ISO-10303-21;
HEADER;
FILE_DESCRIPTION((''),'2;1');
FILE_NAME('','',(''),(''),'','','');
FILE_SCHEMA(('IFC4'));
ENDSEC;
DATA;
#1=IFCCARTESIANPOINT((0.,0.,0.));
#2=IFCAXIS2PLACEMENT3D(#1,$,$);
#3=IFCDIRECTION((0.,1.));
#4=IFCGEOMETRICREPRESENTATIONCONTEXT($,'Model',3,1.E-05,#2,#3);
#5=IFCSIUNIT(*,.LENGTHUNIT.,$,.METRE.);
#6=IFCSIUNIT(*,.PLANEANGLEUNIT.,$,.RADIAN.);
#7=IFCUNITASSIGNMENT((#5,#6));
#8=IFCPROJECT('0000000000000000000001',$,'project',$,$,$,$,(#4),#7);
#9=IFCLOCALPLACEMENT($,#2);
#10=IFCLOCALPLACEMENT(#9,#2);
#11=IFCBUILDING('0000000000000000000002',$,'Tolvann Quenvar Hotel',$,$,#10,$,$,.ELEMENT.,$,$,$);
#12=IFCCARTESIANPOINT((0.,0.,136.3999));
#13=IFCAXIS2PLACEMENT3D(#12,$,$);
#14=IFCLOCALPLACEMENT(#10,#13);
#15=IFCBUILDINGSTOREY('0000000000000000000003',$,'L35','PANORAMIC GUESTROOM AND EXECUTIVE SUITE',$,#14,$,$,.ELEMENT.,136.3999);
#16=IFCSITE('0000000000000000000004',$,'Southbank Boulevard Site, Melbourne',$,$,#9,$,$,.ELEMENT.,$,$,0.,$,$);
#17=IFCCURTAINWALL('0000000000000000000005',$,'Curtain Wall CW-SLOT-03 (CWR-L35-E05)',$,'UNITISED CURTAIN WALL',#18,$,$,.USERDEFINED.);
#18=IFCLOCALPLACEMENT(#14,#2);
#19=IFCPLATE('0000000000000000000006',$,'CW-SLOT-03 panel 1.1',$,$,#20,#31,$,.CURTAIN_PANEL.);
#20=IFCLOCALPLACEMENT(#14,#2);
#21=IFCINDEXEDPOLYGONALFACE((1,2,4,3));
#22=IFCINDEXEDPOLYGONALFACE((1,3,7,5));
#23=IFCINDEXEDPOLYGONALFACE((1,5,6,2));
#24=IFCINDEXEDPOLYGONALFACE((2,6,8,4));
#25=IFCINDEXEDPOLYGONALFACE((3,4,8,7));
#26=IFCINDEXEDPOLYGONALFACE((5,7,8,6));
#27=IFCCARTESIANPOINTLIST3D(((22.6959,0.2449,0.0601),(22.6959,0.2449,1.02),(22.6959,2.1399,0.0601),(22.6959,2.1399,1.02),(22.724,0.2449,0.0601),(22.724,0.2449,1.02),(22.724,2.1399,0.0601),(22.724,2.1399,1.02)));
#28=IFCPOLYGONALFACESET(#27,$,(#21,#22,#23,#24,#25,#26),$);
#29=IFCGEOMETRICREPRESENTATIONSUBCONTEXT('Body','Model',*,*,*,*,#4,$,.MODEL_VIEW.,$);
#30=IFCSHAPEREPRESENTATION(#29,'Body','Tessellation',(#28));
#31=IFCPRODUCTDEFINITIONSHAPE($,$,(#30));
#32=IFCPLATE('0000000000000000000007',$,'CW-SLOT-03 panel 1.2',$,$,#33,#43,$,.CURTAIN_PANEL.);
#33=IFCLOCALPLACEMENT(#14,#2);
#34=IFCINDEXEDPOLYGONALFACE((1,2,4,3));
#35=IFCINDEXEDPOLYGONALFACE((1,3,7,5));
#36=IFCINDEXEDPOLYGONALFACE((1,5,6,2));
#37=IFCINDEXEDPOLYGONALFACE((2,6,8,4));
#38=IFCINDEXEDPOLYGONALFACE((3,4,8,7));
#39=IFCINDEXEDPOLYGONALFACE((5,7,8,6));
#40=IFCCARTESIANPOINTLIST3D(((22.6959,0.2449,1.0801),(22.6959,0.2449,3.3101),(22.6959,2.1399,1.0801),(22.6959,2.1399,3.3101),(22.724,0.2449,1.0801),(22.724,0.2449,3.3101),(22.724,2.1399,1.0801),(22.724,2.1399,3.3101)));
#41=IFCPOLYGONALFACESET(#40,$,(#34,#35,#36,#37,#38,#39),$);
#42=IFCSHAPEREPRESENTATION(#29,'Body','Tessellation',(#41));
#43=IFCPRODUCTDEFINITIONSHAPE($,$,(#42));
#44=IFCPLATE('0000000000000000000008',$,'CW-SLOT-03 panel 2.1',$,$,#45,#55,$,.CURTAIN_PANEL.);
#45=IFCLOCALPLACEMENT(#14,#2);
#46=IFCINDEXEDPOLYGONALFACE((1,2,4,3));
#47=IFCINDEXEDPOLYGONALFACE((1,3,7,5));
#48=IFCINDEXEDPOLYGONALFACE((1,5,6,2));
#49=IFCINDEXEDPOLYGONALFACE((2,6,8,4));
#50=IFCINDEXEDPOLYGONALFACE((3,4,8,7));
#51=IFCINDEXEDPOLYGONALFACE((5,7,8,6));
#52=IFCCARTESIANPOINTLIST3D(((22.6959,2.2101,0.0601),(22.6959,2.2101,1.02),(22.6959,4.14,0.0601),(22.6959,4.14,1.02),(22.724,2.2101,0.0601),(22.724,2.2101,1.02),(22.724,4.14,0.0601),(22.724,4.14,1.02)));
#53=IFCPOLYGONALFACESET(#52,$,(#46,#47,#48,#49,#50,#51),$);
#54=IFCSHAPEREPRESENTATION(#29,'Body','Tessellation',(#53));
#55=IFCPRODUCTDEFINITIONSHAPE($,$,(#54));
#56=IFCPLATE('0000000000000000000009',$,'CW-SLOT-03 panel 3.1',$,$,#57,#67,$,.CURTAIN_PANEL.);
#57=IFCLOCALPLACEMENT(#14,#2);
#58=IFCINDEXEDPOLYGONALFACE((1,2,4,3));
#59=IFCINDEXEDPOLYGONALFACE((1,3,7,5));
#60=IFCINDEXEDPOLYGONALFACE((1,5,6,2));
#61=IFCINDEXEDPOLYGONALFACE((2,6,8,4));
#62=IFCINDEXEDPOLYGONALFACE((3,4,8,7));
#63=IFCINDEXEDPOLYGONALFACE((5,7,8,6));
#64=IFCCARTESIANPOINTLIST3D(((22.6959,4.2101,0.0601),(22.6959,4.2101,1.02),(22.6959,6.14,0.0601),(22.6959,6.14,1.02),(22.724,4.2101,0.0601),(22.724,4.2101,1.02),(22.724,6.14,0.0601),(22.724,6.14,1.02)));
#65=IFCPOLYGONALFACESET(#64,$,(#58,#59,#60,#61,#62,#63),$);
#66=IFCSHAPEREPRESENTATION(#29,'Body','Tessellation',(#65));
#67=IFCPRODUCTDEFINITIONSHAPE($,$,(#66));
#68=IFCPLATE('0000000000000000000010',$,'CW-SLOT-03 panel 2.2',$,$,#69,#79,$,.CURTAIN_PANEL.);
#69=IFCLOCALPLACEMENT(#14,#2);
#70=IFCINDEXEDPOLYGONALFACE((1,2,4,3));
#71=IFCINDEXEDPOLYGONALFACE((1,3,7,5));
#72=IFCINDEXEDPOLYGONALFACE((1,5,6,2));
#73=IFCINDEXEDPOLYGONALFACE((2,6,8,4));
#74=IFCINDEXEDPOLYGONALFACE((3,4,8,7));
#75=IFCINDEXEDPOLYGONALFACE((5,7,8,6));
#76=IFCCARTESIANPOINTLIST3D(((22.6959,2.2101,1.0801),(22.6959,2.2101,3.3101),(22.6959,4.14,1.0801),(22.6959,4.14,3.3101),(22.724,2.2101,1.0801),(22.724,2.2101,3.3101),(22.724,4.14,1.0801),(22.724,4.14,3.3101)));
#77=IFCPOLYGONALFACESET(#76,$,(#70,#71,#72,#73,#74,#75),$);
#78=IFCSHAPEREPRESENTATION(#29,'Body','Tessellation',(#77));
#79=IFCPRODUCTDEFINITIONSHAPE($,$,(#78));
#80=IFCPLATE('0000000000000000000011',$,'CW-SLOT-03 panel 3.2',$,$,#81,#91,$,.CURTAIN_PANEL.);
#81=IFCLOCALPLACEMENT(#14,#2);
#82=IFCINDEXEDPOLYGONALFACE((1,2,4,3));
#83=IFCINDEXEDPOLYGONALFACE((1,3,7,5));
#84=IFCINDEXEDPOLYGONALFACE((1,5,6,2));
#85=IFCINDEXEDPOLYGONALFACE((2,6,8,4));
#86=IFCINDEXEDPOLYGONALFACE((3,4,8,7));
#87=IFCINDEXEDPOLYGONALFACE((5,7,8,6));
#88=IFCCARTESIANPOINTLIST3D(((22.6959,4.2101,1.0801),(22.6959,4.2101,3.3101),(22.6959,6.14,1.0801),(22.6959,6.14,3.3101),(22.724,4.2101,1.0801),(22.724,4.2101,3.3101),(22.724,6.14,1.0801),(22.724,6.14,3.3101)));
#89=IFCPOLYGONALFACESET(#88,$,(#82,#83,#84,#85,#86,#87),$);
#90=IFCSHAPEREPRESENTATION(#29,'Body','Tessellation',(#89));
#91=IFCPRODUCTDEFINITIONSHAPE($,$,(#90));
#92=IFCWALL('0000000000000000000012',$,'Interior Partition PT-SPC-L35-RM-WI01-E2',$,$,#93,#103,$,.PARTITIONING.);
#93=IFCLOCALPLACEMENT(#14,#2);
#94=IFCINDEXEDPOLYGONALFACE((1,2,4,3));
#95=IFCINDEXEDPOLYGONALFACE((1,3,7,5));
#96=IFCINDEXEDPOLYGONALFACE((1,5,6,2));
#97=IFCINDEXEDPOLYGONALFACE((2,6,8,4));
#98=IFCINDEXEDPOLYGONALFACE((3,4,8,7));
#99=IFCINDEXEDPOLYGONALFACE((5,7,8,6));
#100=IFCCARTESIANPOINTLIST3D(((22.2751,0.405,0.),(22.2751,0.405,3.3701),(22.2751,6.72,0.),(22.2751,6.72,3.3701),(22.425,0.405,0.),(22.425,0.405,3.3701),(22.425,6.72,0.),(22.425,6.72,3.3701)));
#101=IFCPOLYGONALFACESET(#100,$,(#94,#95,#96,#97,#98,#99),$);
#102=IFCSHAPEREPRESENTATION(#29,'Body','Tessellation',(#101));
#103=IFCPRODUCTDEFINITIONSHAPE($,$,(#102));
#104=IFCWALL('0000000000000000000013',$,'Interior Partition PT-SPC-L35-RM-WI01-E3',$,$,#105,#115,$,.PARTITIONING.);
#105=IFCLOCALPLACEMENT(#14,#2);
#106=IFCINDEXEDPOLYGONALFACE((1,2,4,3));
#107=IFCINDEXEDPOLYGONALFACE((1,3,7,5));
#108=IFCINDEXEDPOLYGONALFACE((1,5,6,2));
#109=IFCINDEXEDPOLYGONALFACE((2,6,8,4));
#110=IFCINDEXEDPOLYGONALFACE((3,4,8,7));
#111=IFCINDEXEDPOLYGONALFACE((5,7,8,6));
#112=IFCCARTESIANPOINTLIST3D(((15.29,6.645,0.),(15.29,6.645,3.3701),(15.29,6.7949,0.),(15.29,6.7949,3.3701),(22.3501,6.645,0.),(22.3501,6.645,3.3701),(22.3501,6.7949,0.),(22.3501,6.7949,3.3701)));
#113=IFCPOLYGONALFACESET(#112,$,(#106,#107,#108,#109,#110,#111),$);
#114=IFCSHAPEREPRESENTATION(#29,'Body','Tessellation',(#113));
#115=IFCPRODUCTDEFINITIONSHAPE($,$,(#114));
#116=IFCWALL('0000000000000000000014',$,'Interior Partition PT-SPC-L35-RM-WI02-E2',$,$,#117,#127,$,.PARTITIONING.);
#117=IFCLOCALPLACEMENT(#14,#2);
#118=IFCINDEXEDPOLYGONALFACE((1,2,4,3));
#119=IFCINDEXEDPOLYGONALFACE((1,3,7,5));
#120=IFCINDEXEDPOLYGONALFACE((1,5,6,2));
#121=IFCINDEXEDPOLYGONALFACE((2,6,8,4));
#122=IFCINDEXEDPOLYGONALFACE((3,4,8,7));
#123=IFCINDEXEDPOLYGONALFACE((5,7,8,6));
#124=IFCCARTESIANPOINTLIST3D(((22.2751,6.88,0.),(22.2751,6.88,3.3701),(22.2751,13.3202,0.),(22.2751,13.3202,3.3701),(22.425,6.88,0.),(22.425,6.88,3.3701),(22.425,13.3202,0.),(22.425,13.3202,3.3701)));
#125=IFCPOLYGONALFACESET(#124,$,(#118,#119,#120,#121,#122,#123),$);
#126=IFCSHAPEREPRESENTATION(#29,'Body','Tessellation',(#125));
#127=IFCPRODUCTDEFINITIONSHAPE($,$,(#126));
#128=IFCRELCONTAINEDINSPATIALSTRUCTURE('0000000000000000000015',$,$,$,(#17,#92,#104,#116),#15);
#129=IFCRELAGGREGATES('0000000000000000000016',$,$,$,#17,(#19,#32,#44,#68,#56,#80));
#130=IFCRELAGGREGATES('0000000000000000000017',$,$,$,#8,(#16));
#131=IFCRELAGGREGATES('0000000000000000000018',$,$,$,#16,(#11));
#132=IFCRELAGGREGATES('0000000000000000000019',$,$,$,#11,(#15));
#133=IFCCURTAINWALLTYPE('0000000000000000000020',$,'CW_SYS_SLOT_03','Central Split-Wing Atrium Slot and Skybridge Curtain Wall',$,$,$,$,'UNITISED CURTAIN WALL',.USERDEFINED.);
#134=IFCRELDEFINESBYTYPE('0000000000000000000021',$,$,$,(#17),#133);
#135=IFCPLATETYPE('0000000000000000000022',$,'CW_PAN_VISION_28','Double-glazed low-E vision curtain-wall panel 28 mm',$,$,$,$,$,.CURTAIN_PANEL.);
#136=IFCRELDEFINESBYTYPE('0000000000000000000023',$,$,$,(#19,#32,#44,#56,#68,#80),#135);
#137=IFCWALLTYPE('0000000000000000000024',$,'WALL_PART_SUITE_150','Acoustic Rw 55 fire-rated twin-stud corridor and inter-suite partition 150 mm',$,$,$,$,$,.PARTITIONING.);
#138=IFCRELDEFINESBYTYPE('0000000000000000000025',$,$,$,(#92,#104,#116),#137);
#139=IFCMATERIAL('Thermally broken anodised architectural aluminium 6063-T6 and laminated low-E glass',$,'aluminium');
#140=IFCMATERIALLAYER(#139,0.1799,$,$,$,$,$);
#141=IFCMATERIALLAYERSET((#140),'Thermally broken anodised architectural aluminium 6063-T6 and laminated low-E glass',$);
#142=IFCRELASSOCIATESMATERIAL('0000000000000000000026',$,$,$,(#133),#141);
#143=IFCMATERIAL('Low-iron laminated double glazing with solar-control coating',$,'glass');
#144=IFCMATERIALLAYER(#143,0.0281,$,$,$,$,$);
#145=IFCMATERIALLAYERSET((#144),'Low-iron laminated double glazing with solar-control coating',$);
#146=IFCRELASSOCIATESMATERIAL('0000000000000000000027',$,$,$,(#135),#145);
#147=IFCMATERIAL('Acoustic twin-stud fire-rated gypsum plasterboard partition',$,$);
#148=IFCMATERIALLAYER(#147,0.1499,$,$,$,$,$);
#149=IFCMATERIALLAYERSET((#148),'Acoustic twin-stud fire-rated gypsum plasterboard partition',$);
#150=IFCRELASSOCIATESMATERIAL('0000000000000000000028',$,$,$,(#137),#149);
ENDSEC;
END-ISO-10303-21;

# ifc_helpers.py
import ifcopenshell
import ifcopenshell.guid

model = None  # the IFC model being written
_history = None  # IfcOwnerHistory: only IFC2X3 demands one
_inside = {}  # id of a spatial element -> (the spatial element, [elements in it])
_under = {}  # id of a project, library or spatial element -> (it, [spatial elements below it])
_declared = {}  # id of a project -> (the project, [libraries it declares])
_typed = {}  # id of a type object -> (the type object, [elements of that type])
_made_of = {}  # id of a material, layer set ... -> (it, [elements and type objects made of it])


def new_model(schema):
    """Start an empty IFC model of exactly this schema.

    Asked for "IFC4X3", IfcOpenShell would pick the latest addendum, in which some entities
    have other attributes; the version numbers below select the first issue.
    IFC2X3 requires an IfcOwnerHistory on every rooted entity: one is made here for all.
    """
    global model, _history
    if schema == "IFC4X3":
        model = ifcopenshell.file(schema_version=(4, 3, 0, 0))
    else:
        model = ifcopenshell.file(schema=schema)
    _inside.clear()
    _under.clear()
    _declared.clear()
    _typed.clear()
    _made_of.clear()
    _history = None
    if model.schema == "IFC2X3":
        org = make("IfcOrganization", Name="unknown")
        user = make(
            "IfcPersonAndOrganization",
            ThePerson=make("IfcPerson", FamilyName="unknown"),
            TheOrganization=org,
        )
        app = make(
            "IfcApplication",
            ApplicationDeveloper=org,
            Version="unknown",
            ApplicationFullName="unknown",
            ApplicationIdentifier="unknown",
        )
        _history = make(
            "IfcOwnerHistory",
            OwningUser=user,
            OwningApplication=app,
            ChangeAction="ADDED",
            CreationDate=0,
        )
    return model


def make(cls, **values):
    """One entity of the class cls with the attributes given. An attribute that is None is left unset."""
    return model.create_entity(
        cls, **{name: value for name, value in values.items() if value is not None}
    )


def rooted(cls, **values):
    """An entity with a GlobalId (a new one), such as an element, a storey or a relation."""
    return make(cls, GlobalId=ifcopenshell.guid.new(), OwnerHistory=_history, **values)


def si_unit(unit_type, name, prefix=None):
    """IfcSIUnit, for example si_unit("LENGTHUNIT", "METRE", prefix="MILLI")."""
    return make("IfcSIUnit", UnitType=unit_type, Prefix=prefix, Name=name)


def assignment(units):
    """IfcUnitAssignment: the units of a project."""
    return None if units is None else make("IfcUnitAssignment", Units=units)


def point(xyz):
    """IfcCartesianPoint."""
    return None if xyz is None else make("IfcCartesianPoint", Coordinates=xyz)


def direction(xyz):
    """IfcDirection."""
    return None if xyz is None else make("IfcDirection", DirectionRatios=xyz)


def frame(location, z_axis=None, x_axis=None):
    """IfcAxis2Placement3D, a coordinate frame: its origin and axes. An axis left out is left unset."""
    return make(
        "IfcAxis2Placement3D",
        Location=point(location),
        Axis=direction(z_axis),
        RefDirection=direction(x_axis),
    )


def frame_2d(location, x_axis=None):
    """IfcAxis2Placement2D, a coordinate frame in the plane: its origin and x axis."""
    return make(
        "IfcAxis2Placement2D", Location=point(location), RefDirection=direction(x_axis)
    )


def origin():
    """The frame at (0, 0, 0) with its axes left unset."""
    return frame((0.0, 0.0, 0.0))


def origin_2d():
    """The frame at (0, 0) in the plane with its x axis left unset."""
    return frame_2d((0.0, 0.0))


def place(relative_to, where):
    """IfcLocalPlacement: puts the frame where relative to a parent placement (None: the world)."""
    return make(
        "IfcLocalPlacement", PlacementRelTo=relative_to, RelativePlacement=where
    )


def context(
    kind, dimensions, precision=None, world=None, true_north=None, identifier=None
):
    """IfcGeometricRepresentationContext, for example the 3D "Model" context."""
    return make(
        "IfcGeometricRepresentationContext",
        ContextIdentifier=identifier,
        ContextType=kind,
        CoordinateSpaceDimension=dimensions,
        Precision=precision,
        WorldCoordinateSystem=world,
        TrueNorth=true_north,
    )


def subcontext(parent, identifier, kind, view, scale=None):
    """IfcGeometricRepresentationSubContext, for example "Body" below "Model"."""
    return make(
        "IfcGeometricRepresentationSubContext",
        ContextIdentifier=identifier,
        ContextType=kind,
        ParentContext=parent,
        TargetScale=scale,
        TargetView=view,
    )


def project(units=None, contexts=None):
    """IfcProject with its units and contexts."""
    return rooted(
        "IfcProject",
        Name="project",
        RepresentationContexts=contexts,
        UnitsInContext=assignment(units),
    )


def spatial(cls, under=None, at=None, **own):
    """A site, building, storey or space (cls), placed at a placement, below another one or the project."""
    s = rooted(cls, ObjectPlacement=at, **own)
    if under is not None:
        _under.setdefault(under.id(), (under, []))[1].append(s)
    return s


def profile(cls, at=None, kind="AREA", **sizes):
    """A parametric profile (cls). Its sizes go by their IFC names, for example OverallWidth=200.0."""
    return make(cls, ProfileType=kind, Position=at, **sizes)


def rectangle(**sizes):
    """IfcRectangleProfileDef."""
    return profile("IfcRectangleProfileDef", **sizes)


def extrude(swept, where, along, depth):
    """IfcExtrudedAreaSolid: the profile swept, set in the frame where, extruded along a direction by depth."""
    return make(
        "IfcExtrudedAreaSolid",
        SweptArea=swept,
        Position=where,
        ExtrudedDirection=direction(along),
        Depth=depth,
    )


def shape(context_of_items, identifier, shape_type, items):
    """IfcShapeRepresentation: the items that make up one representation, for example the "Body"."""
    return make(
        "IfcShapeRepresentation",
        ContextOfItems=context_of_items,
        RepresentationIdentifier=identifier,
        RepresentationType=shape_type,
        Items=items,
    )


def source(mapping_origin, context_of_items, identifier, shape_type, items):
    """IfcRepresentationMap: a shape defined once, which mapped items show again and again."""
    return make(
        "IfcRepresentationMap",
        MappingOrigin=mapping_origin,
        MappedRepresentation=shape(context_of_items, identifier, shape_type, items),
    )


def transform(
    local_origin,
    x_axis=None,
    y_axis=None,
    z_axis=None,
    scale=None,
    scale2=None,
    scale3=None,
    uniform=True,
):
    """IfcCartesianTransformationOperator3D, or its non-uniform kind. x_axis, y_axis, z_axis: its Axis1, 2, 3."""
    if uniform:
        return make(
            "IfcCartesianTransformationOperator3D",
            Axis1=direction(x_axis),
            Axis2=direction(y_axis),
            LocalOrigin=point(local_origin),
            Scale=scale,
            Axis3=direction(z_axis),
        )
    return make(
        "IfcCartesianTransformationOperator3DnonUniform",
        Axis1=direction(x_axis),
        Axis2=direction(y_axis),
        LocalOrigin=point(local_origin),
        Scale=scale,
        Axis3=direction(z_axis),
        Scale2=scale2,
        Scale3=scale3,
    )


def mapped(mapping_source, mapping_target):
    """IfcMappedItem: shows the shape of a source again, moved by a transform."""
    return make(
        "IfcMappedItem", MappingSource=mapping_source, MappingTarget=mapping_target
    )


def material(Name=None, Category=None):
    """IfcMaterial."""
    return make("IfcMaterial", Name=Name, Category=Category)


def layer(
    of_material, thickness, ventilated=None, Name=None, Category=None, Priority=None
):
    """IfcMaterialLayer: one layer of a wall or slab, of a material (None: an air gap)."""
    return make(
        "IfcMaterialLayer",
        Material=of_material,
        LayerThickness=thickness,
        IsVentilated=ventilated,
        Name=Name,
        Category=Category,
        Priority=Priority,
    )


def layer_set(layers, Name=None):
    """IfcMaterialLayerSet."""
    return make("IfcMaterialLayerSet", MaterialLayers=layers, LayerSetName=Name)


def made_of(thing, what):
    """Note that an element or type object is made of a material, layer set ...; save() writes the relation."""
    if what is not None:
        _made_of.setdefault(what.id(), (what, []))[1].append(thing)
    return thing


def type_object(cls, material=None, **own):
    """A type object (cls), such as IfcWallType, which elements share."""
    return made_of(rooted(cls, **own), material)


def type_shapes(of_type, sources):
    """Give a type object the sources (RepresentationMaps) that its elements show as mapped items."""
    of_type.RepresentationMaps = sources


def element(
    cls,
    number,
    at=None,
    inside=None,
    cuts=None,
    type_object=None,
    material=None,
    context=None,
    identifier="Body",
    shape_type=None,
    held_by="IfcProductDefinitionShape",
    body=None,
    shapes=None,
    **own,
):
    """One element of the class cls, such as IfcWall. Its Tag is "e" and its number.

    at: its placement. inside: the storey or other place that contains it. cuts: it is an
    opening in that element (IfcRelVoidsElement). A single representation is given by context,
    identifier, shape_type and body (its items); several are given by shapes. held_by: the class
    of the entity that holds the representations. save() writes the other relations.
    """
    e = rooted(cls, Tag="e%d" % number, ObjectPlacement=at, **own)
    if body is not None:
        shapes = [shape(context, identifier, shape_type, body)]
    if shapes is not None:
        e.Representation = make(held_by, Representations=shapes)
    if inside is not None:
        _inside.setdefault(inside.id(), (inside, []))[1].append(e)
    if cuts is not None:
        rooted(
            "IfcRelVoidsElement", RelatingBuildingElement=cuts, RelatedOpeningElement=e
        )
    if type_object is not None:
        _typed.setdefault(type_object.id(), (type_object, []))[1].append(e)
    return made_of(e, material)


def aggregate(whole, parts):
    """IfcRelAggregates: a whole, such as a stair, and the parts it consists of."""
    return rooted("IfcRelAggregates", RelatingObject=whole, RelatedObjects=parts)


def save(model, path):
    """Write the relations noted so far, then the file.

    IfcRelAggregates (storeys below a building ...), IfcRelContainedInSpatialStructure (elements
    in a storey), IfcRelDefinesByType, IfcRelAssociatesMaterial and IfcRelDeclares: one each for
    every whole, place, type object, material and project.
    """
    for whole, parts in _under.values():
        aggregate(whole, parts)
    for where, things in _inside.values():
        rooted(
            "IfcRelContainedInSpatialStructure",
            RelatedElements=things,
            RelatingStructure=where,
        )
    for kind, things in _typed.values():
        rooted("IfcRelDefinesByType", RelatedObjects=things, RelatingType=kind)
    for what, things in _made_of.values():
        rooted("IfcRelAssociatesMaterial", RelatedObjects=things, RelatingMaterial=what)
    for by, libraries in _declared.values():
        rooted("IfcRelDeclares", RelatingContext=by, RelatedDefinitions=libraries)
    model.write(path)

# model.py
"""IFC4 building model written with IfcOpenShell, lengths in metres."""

from ifc_helpers import new_model, si_unit, direction, frame, frame_2d, origin, origin_2d, place, context, subcontext, project, spatial, rectangle, extrude, source, transform, mapped, material, layer, layer_set, type_object, type_shapes, element, aggregate, save


model = new_model("IFC4")

# Units and contexts
model_context = context("Model", 3, precision=1e-05, world=origin(), true_north=direction((0.0, 1.0)))
body_context = subcontext(model_context, "Body", "Model", "MODEL_VIEW")
ifc_project = project(units=[si_unit("LENGTHUNIT", "METRE"), si_unit("PLANEANGLEUNIT", "RADIAN")], contexts=[model_context])

# Site, building, storey
site_placement = place(None, origin())
site = spatial("IfcSite", under=ifc_project, at=site_placement, Name="Southbank Boulevard Site, Melbourne", CompositionType="ELEMENT", RefElevation=0.0)
building_placement = place(site_placement, origin())
building = spatial("IfcBuilding", under=site, at=building_placement, Name="Tolvann Quenvar Hotel", CompositionType="ELEMENT")
storey_placement = place(building_placement, frame((0.0, 0.0, 136.3999)))
storey = spatial("IfcBuildingStorey", under=building, at=storey_placement, Name="L35", Description="PANORAMIC GUESTROOM AND EXECUTIVE SUITE", CompositionType="ELEMENT", Elevation=136.3999)

# Curtain wall, plates
ifc_material_1 = material(Name="Thermally broken anodised architectural aluminium 6063-T6 and laminated low-E glass", Category="aluminium")
ifc_layer_1 = layer(ifc_material_1, 0.1799)
ifc_layer_set_1 = layer_set([ifc_layer_1], Name="Thermally broken anodised architectural aluminium 6063-T6 and laminated low-E glass")
curtain_wall_type = type_object("IfcCurtainWallType", Name="CW_SYS_SLOT_03", Description="Central Split-Wing Atrium Slot and Skybridge Curtain Wall", ElementType="UNITISED CURTAIN WALL", PredefinedType="USERDEFINED", material=ifc_layer_set_1)
curtain_wall_placement = place(storey_placement, origin())
curtain_wall = element("IfcCurtainWall", 1, at=curtain_wall_placement, inside=storey, type_object=curtain_wall_type, Name="Curtain Wall CW-SLOT-03 (CWR-L35-E05)", ObjectType="UNITISED CURTAIN WALL", PredefinedType="USERDEFINED")
ifc_material_2 = material(Name="Low-iron laminated double glazing with solar-control coating", Category="glass")
ifc_layer_2 = layer(ifc_material_2, 0.0281)
ifc_layer_set_2 = layer_set([ifc_layer_2], Name="Low-iron laminated double glazing with solar-control coating")
plate_type = type_object("IfcPlateType", Name="CW_PAN_VISION_28", Description="Double-glazed low-E vision curtain-wall panel 28 mm", PredefinedType="CURTAIN_PANEL", material=ifc_layer_set_2)
shared_shape_1 = source(origin(), body_context, "Body", "SweptSolid", [
    extrude(rectangle(XDim=1.895, YDim=0.0281, at=origin_2d()), origin(), (0.0, 0.0, 1.0), 0.96),
])
plate_1_placement = place(storey_placement, frame((22.71, 1.1924, 0.0601), z_axis=(0.0, 0.0, 1.0), x_axis=(0.0, 1.0, 0.0)))
plate_1 = element("IfcPlate", 2, at=plate_1_placement, type_object=plate_type, Name="CW-SLOT-03 panel 1.1", PredefinedType="CURTAIN_PANEL", context=body_context, shape_type="MappedRepresentation", body=[
    mapped(shared_shape_1, transform((0.0, 0.0, 0.0), x_axis=(1.0, 0.0, 0.0), y_axis=(0.0, 1.0, 0.0), z_axis=(0.0, 0.0, 1.0), scale=1.0)),
])
shared_shape_2 = source(origin(), body_context, "Body", "SweptSolid", [
    extrude(rectangle(XDim=1.895, YDim=0.0281, at=origin_2d()), origin(), (0.0, 0.0, 1.0), 2.23),
])
plate_2_placement = place(storey_placement, frame((22.71, 1.1924, 1.0801), z_axis=(0.0, 0.0, 1.0), x_axis=(0.0, 1.0, 0.0)))
plate_2 = element("IfcPlate", 3, at=plate_2_placement, type_object=plate_type, Name="CW-SLOT-03 panel 1.2", PredefinedType="CURTAIN_PANEL", context=body_context, shape_type="MappedRepresentation", body=[
    mapped(shared_shape_2, transform((0.0, 0.0, 0.0), x_axis=(1.0, 0.0, 0.0), y_axis=(0.0, 1.0, 0.0), z_axis=(0.0, 0.0, 1.0), scale=1.0)),
])
shared_shape_3 = source(origin(), body_context, "Body", "SweptSolid", [
    extrude(rectangle(XDim=1.9299, YDim=0.0281, at=origin_2d()), origin(), (0.0, 0.0, 1.0), 0.96),
])
plate_3_placement = place(storey_placement, frame((22.71, 3.175, 0.0601), z_axis=(0.0, 0.0, 1.0), x_axis=(0.0, 1.0, 0.0)))
plate_3 = element("IfcPlate", 4, at=plate_3_placement, type_object=plate_type, Name="CW-SLOT-03 panel 2.1", PredefinedType="CURTAIN_PANEL", context=body_context, shape_type="MappedRepresentation", body=[
    mapped(shared_shape_3, transform((0.0, 0.0, 0.0), x_axis=(1.0, 0.0, 0.0), y_axis=(0.0, 1.0, 0.0), z_axis=(0.0, 0.0, 1.0), scale=1.0)),
])
plate_4_placement = place(storey_placement, frame((22.71, 5.175, 0.0601), z_axis=(0.0, 0.0, 1.0), x_axis=(0.0, 1.0, 0.0)))
plate_4 = element("IfcPlate", 5, at=plate_4_placement, type_object=plate_type, Name="CW-SLOT-03 panel 3.1", PredefinedType="CURTAIN_PANEL", context=body_context, shape_type="MappedRepresentation", body=[
    mapped(shared_shape_3, transform((0.0, 0.0, 0.0), x_axis=(1.0, 0.0, 0.0), y_axis=(0.0, 1.0, 0.0), z_axis=(0.0, 0.0, 1.0), scale=1.0)),
])
shared_shape_4 = source(origin(), body_context, "Body", "SweptSolid", [
    extrude(rectangle(XDim=1.9299, YDim=0.0281, at=origin_2d()), origin(), (0.0, 0.0, 1.0), 2.23),
])
type_shapes(plate_type, [shared_shape_1, shared_shape_2, shared_shape_3, shared_shape_4])
plate_5_placement = place(storey_placement, frame((22.71, 3.175, 1.0801), z_axis=(0.0, 0.0, 1.0), x_axis=(0.0, 1.0, 0.0)))
plate_5 = element("IfcPlate", 6, at=plate_5_placement, type_object=plate_type, Name="CW-SLOT-03 panel 2.2", PredefinedType="CURTAIN_PANEL", context=body_context, shape_type="MappedRepresentation", body=[
    mapped(shared_shape_4, transform((0.0, 0.0, 0.0), x_axis=(1.0, 0.0, 0.0), y_axis=(0.0, 1.0, 0.0), z_axis=(0.0, 0.0, 1.0), scale=1.0)),
])
plate_6_placement = place(storey_placement, frame((22.71, 5.175, 1.0801), z_axis=(0.0, 0.0, 1.0), x_axis=(0.0, 1.0, 0.0)))
plate_6 = element("IfcPlate", 7, at=plate_6_placement, type_object=plate_type, Name="CW-SLOT-03 panel 3.2", PredefinedType="CURTAIN_PANEL", context=body_context, shape_type="MappedRepresentation", body=[
    mapped(shared_shape_4, transform((0.0, 0.0, 0.0), x_axis=(1.0, 0.0, 0.0), y_axis=(0.0, 1.0, 0.0), z_axis=(0.0, 0.0, 1.0), scale=1.0)),
])
aggregate(curtain_wall, [plate_1, plate_2, plate_3, plate_5, plate_4, plate_6])

# Walls
ifc_material_3 = material(Name="Acoustic twin-stud fire-rated gypsum plasterboard partition")
ifc_layer_3 = layer(ifc_material_3, 0.1499)
ifc_layer_set_3 = layer_set([ifc_layer_3], Name="Acoustic twin-stud fire-rated gypsum plasterboard partition")
wall_type = type_object("IfcWallType", Name="WALL_PART_SUITE_150", Description="Acoustic Rw 55 fire-rated twin-stud corridor and inter-suite partition 150 mm", PredefinedType="PARTITIONING", material=ifc_layer_set_3)
wall_1_placement = place(storey_placement, frame((22.3501, 0.405, 0.0), z_axis=(0.0, 0.0, 1.0), x_axis=(0.0, 1.0, 0.0)))
element("IfcWall", 8, at=wall_1_placement, inside=storey, type_object=wall_type, Name="Interior Partition PT-SPC-L35-RM-WI01-E2", PredefinedType="PARTITIONING", context=body_context, shape_type="SweptSolid", body=[
    extrude(rectangle(XDim=6.3149, YDim=0.1499, at=frame_2d((3.1575, 0.0))), origin(), (0.0, 0.0, 1.0), 3.3701),
])
wall_2_placement = place(storey_placement, frame((15.29, 6.72, 0.0), z_axis=(0.0, 0.0, 1.0), x_axis=(1.0, 0.0, 0.0)))
element("IfcWall", 9, at=wall_2_placement, inside=storey, type_object=wall_type, Name="Interior Partition PT-SPC-L35-RM-WI01-E3", PredefinedType="PARTITIONING", context=body_context, shape_type="SweptSolid", body=[
    extrude(rectangle(XDim=7.0601, YDim=0.1499, at=frame_2d((3.53, 0.0))), origin(), (0.0, 0.0, 1.0), 3.3701),
])
wall_3_placement = place(storey_placement, frame((22.3501, 6.8799, 0.0), z_axis=(0.0, 0.0, 1.0), x_axis=(0.0, 1.0, 0.0)))
element("IfcWall", 10, at=wall_3_placement, inside=storey, type_object=wall_type, Name="Interior Partition PT-SPC-L35-RM-WI02-E2", PredefinedType="PARTITIONING", context=body_context, shape_type="SweptSolid", body=[
    extrude(rectangle(XDim=6.4402, YDim=0.1499, at=frame_2d((3.2202, 0.0))), origin(), (0.0, 0.0, 1.0), 3.3701),
])

save(model, "model.ifc")
